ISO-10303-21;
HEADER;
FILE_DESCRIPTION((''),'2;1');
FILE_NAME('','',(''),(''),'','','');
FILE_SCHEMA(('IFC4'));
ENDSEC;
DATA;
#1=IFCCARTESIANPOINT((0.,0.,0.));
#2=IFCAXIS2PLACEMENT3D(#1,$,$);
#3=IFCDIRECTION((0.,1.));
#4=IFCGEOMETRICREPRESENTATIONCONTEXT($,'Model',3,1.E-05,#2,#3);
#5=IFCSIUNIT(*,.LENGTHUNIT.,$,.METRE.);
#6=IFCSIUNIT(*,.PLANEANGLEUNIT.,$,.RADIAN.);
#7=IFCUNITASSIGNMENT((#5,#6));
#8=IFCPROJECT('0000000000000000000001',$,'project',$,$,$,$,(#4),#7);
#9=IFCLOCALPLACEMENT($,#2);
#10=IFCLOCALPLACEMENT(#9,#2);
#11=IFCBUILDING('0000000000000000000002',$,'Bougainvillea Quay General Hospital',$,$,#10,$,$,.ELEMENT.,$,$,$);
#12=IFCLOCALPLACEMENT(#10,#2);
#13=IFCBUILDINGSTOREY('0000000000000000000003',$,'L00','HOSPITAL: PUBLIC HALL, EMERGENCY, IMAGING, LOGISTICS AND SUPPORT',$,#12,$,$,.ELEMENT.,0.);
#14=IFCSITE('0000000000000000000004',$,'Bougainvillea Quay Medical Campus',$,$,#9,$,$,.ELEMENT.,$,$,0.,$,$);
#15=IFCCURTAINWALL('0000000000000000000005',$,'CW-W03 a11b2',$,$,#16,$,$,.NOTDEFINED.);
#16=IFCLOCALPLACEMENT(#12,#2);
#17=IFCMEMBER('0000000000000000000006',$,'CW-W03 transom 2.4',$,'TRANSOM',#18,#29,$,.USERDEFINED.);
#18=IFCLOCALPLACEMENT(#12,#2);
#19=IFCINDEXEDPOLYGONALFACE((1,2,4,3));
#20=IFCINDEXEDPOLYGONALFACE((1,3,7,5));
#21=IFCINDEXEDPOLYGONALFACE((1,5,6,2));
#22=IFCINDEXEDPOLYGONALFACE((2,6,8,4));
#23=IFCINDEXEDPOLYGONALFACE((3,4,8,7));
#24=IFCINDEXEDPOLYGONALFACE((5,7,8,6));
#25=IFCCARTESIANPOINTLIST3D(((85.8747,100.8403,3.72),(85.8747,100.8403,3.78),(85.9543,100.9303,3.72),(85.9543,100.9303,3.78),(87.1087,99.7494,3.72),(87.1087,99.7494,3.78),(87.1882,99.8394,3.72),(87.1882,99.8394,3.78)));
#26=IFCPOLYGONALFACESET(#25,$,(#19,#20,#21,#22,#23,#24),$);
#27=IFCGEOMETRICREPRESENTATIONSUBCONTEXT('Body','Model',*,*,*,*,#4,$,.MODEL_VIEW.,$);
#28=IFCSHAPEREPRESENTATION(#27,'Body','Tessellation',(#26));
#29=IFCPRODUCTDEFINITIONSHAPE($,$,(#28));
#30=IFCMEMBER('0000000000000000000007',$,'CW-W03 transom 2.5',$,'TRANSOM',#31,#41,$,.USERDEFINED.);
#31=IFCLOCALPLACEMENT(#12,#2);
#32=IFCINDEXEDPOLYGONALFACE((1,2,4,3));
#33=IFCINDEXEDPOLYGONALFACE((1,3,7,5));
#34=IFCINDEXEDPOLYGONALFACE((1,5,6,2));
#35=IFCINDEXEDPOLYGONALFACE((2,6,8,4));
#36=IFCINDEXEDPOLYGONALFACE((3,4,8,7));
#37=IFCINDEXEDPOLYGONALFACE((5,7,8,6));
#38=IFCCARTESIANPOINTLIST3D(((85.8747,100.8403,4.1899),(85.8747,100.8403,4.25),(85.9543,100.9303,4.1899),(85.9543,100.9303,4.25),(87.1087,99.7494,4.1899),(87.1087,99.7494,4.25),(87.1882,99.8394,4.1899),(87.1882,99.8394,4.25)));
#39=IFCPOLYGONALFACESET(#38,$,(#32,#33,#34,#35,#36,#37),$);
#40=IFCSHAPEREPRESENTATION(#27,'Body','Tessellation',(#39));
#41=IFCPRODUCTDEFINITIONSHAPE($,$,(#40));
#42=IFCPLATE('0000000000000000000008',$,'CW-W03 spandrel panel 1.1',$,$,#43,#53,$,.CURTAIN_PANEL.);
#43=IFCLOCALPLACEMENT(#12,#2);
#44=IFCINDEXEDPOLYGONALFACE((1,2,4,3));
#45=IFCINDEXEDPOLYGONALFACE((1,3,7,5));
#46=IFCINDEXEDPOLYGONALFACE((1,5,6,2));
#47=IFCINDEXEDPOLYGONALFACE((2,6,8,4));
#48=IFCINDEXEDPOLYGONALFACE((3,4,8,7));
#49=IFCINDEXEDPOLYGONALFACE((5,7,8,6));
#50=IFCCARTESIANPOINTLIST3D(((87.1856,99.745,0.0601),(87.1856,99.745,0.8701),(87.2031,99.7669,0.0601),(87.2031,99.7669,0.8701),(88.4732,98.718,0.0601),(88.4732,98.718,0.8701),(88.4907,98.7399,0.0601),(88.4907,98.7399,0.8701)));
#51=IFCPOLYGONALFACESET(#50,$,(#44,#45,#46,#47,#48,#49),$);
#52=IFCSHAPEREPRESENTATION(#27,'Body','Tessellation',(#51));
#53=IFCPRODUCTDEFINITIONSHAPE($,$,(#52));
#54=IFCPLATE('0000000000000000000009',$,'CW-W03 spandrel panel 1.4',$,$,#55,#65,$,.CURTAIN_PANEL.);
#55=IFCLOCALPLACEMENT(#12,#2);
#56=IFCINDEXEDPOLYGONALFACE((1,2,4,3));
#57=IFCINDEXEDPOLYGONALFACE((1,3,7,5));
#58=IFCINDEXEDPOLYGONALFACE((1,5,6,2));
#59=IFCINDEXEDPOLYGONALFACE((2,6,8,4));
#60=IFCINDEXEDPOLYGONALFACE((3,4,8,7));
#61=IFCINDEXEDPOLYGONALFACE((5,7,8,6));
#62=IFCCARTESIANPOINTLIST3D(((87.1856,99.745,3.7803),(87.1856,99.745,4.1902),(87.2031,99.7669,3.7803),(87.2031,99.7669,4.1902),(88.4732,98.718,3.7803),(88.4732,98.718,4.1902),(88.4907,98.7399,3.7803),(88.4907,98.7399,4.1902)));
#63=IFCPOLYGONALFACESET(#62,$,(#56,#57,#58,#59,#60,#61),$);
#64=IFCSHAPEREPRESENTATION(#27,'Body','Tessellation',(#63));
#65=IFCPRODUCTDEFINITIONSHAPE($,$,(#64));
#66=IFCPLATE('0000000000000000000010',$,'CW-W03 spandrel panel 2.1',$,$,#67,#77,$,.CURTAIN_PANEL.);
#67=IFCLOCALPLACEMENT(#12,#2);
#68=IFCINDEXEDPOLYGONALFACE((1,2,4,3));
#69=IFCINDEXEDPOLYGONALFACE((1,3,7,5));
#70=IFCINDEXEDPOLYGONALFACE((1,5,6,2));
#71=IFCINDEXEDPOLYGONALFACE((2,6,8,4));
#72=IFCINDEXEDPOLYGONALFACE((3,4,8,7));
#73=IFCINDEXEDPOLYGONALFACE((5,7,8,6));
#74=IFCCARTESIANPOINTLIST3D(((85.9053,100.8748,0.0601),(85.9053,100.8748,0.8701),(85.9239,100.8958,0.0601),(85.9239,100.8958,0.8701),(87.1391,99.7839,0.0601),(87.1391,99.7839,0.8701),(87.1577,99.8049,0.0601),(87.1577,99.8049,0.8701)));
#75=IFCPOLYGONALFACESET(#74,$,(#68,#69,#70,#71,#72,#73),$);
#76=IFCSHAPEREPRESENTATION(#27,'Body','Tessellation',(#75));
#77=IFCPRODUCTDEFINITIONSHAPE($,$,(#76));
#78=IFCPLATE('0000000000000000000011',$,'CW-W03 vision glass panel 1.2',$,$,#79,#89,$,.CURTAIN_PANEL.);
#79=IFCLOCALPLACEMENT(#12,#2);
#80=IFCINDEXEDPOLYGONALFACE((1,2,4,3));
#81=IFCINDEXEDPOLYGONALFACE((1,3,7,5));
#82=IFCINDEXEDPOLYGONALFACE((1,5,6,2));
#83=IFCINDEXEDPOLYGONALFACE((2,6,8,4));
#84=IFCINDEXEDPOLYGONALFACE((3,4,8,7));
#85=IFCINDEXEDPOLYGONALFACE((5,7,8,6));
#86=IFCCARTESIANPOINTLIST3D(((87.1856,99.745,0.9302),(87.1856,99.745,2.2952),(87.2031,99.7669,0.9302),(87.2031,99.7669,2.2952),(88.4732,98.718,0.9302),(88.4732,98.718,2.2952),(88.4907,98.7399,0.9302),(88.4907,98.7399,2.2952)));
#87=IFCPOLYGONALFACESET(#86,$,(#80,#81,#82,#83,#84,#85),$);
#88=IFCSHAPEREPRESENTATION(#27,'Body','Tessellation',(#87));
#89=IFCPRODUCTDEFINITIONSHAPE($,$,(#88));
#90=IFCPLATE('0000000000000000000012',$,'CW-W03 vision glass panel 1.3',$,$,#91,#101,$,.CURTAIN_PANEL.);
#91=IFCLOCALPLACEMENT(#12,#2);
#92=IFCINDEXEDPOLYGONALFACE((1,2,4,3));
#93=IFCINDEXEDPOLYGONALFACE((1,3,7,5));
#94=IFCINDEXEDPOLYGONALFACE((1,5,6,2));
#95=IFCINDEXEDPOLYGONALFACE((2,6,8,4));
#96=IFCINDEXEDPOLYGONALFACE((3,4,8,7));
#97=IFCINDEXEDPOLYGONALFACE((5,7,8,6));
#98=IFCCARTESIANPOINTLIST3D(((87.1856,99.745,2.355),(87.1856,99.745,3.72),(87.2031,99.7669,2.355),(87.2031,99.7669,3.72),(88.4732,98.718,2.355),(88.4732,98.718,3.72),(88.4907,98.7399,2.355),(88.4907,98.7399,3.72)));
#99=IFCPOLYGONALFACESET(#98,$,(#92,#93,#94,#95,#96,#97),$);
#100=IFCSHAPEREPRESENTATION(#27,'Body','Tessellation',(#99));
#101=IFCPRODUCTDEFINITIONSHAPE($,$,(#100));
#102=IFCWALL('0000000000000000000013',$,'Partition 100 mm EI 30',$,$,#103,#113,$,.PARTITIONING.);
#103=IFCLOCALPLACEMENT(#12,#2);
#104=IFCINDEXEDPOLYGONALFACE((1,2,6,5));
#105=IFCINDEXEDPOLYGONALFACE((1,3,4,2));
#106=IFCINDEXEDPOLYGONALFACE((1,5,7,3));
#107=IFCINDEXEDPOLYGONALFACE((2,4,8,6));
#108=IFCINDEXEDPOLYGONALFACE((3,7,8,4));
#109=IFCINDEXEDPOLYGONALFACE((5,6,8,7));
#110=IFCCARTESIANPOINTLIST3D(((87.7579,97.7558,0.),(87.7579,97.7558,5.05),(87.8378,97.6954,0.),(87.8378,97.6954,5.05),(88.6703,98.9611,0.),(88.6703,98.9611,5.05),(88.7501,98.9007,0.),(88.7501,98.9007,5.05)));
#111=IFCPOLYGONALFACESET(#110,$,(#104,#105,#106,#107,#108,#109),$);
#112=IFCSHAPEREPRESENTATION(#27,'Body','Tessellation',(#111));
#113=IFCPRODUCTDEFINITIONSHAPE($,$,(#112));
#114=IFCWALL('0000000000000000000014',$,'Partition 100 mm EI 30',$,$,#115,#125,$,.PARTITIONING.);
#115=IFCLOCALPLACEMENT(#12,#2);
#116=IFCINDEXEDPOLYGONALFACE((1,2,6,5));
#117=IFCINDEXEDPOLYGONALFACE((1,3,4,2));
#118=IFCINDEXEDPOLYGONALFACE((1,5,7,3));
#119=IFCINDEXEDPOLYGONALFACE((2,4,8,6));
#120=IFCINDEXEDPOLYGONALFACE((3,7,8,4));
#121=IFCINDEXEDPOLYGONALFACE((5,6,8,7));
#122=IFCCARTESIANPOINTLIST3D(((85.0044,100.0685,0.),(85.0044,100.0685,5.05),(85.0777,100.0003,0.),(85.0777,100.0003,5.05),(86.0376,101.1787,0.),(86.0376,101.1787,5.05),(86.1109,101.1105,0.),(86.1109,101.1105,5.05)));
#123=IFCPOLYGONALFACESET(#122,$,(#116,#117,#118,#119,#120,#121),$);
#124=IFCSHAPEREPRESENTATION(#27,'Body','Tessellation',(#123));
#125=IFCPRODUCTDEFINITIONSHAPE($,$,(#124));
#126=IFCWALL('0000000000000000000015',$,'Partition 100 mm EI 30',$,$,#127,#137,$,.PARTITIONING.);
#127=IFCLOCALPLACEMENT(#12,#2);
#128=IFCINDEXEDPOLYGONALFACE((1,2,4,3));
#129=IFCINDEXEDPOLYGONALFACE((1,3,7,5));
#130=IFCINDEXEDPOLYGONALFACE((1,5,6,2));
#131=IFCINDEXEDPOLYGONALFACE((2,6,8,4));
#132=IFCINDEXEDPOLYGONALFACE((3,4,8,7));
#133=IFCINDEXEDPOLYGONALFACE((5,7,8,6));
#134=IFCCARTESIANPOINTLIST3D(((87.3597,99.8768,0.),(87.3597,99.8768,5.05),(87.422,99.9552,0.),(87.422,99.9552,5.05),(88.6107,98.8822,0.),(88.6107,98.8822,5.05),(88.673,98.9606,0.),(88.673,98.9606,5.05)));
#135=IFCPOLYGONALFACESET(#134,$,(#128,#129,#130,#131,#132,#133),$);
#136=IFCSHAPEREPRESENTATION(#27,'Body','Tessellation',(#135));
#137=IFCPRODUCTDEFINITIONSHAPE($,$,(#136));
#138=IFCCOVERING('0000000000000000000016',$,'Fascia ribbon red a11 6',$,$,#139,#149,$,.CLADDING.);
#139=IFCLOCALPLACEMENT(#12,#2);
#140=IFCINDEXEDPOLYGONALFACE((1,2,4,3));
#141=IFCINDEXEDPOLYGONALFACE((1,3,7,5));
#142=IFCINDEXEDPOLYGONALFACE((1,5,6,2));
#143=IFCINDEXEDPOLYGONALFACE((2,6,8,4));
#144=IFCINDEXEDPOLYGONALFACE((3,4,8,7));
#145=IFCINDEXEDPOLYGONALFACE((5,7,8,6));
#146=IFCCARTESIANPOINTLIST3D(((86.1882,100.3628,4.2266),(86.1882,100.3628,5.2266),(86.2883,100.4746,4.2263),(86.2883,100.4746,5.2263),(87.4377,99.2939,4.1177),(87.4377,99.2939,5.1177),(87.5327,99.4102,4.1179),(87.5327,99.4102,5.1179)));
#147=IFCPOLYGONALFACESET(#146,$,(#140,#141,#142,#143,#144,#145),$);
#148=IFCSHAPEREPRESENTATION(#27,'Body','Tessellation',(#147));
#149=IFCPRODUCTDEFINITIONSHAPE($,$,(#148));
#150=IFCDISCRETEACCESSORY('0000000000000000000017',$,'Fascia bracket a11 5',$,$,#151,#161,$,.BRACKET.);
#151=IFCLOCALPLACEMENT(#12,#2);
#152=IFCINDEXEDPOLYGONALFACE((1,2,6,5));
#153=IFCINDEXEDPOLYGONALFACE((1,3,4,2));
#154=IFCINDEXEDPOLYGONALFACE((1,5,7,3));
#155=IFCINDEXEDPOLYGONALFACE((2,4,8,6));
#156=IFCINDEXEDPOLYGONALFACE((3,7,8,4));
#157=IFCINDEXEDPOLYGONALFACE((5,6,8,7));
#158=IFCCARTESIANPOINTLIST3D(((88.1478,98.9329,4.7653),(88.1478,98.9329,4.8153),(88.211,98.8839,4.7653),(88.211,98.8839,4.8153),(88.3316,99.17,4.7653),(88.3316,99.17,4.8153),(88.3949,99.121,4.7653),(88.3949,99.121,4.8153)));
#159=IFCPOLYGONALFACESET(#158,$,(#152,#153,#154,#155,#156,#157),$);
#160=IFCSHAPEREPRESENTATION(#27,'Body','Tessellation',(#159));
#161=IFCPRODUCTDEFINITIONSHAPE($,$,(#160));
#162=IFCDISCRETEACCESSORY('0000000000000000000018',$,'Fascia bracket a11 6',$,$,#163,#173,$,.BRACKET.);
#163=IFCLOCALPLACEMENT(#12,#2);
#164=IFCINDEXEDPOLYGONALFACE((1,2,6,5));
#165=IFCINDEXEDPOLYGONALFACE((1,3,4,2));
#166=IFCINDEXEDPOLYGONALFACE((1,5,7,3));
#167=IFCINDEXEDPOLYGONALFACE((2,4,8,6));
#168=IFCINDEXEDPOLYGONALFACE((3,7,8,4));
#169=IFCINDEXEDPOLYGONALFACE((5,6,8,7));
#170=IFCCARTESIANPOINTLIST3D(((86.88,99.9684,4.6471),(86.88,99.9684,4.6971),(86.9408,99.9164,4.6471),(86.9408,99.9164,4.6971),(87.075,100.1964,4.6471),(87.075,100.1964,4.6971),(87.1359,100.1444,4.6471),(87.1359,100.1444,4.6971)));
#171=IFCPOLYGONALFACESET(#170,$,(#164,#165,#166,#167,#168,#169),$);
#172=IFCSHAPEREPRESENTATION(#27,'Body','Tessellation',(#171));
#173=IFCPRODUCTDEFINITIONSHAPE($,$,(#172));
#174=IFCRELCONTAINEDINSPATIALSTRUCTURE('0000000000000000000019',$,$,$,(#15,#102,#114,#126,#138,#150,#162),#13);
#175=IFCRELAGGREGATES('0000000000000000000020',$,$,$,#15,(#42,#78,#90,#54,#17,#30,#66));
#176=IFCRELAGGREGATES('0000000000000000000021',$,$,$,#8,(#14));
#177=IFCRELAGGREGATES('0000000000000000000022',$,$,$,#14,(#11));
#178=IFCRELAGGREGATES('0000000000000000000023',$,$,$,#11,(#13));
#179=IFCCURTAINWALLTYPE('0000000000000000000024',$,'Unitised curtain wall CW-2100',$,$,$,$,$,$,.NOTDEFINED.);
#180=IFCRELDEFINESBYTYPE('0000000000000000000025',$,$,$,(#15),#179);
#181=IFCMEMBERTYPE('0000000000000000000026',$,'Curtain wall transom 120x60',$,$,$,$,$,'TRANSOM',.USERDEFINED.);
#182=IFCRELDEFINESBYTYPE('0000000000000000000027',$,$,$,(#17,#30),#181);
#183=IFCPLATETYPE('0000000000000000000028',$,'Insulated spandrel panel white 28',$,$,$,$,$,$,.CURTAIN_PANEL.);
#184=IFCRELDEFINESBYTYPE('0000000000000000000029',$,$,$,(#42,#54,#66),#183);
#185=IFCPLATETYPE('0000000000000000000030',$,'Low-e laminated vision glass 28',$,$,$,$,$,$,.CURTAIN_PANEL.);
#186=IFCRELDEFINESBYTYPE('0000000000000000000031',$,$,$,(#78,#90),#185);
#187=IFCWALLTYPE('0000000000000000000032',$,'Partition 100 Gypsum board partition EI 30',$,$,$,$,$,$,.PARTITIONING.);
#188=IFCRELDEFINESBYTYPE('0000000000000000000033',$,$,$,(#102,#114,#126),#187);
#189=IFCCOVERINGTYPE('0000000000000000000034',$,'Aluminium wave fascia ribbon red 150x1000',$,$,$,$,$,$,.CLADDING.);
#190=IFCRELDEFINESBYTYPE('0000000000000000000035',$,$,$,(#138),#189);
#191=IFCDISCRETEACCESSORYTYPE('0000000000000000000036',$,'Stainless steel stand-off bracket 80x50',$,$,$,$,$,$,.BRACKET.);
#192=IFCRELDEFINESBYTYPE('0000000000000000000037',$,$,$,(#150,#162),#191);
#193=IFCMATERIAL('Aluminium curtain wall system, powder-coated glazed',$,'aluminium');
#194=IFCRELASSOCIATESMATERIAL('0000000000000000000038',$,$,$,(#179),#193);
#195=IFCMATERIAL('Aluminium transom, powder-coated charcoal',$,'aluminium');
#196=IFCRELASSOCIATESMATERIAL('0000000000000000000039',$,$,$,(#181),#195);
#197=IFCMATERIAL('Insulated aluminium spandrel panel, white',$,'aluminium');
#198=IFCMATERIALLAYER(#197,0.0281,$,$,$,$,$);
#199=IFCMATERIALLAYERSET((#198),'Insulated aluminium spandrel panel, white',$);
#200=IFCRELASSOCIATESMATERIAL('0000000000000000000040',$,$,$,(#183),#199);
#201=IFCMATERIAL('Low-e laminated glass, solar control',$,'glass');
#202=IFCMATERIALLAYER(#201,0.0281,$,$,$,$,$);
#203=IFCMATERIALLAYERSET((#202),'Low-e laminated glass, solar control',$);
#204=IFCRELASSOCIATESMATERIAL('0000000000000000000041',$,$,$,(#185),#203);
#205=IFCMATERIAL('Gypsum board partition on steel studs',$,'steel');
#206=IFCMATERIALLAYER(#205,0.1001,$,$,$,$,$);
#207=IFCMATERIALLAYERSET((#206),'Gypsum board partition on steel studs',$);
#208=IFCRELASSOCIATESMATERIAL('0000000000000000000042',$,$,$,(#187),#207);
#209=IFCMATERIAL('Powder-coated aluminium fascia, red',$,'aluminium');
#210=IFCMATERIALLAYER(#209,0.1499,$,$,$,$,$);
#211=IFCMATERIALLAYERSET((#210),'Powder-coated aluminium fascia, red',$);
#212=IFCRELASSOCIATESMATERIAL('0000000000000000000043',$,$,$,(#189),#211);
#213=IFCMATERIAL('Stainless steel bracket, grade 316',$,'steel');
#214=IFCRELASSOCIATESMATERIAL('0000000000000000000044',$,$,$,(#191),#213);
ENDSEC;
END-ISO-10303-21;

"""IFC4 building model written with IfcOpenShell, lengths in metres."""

from ifc_helpers import new_model, si_unit, direction, frame, frame_2d, origin, origin_2d, place, context, subcontext, project, spatial, polyline, rectangle, outline, extrude, material, layer, layer_set, material_profile, profile_set, type_object, element, aggregate, save


model = new_model("IFC4")

# Units and contexts
model_context = context("Model", 3, precision=1e-05, world=origin(), true_north=direction((0.0, 1.0)))
body_context = subcontext(model_context, "Body", "Model", "MODEL_VIEW")
ifc_project = project(units=[si_unit("LENGTHUNIT", "METRE"), si_unit("PLANEANGLEUNIT", "RADIAN")], contexts=[model_context])

# Site, building, storey
site_placement = place(None, origin())
site = spatial("IfcSite", under=ifc_project, at=site_placement, Name="Bougainvillea Quay Medical Campus", CompositionType="ELEMENT", RefElevation=0.0)
building_placement = place(site_placement, origin())
building = spatial("IfcBuilding", under=site, at=building_placement, Name="Bougainvillea Quay General Hospital", CompositionType="ELEMENT")
storey_placement = place(building_placement, origin())
storey = spatial("IfcBuildingStorey", under=building, at=storey_placement, Name="L00", Description="HOSPITAL: PUBLIC HALL, EMERGENCY, IMAGING, LOGISTICS AND SUPPORT", CompositionType="ELEMENT", Elevation=0.0)

# Curtain wall, members, plates
ifc_material_1 = material(Name="Aluminium curtain wall system, powder-coated glazed", Category="aluminium")
curtain_wall_type = type_object("IfcCurtainWallType", Name="Unitised curtain wall CW-2100", PredefinedType="NOTDEFINED", material=ifc_material_1)
curtain_wall_placement = place(storey_placement, origin())
curtain_wall = element("IfcCurtainWall", 1, at=curtain_wall_placement, inside=storey, type_object=curtain_wall_type, Name="CW-W03 a11b2", PredefinedType="NOTDEFINED")
ifc_material_2 = material(Name="Aluminium transom, powder-coated charcoal", Category="aluminium")
ifc_material_profile_1 = material_profile(ifc_material_2, rectangle(XDim=0.1201, YDim=0.0601, at=origin_2d()))
ifc_profile_set_1 = profile_set([ifc_material_profile_1], Name="Aluminium transom, powder-coated charcoal")
member_type_1 = type_object("IfcMemberType", Name="Curtain wall transom 120x60", ElementType="TRANSOM", PredefinedType="USERDEFINED", material=ifc_profile_set_1)
member_1_placement = place(storey_placement, frame((87.1484, 99.7944, 3.75), z_axis=(-0.749206, 0.662337, 0.0), x_axis=(-0.662337, -0.749206, 0.0)))
member_1 = element("IfcMember", 2, at=member_1_placement, type_object=member_type_1, Name="CW-W03 transom 2.4", ObjectType="TRANSOM", PredefinedType="USERDEFINED", context=body_context, shape_type="SweptSolid", body=[
    extrude(rectangle(XDim=0.1201, YDim=0.0601, at=origin_2d()), origin(), (0.0, 0.0, 1.0), 1.647),
])
member_2_placement = place(storey_placement, frame((87.1484, 99.7944, 4.22), z_axis=(-0.749206, 0.662337, 0.0), x_axis=(-0.662337, -0.749206, 0.0)))
member_2 = element("IfcMember", 3, at=member_2_placement, type_object=member_type_1, Name="CW-W03 transom 2.5", ObjectType="TRANSOM", PredefinedType="USERDEFINED", context=body_context, shape_type="SweptSolid", body=[
    extrude(rectangle(XDim=0.1201, YDim=0.0601, at=origin_2d()), origin(), (0.0, 0.0, 1.0), 1.647),
])
ifc_material_3 = material(Name="Insulated aluminium spandrel panel, white", Category="aluminium")
ifc_layer_1 = layer(ifc_material_3, 0.0281)
ifc_layer_set_1 = layer_set([ifc_layer_1], Name="Insulated aluminium spandrel panel, white")
plate_type_1 = type_object("IfcPlateType", Name="Insulated spandrel panel white 28", PredefinedType="CURTAIN_PANEL", material=ifc_layer_set_1)
plate_1_placement = place(storey_placement, frame((87.8381, 99.2424, 0.0601), z_axis=(0.0, 0.0, 1.0), x_axis=(-0.781771, 0.623566, 0.0)))
plate_1 = element("IfcPlate", 4, at=plate_1_placement, type_object=plate_type_1, Name="CW-W03 spandrel panel 1.1", PredefinedType="CURTAIN_PANEL", context=body_context, shape_type="SweptSolid", body=[
    extrude(rectangle(XDim=1.647, YDim=0.0281, at=origin_2d()), origin(), (0.0, 0.0, 1.0), 0.8101),
])
plate_2_placement = place(storey_placement, frame((87.8381, 99.2424, 3.7803), z_axis=(0.0, 0.0, 1.0), x_axis=(-0.781771, 0.623566, 0.0)))
plate_2 = element("IfcPlate", 5, at=plate_2_placement, type_object=plate_type_1, Name="CW-W03 spandrel panel 1.4", PredefinedType="CURTAIN_PANEL", context=body_context, shape_type="SweptSolid", body=[
    extrude(rectangle(XDim=1.647, YDim=0.0281, at=origin_2d()), origin(), (0.0, 0.0, 1.0), 0.4099),
])
plate_3_placement = place(storey_placement, frame((86.5315, 100.3398, 0.0601), z_axis=(0.0, 0.0, 1.0), x_axis=(-0.749152, 0.662398, 0.0)))
plate_3 = element("IfcPlate", 6, at=plate_3_placement, type_object=plate_type_1, Name="CW-W03 spandrel panel 2.1", PredefinedType="CURTAIN_PANEL", context=body_context, shape_type="SweptSolid", body=[
    extrude(rectangle(XDim=1.647, YDim=0.0281, at=origin_2d()), origin(), (0.0, 0.0, 1.0), 0.8101),
])
ifc_material_4 = material(Name="Low-e laminated glass, solar control", Category="glass")
ifc_layer_2 = layer(ifc_material_4, 0.0281)
ifc_layer_set_2 = layer_set([ifc_layer_2], Name="Low-e laminated glass, solar control")
plate_type_2 = type_object("IfcPlateType", Name="Low-e laminated vision glass 28", PredefinedType="CURTAIN_PANEL", material=ifc_layer_set_2)
plate_4_placement = place(storey_placement, frame((87.8381, 99.2424, 0.9302), z_axis=(0.0, 0.0, 1.0), x_axis=(-0.781771, 0.623566, 0.0)))
plate_4 = element("IfcPlate", 7, at=plate_4_placement, type_object=plate_type_2, Name="CW-W03 vision glass panel 1.2", PredefinedType="CURTAIN_PANEL", context=body_context, shape_type="SweptSolid", body=[
    extrude(rectangle(XDim=1.647, YDim=0.0281, at=origin_2d()), origin(), (0.0, 0.0, 1.0), 1.365),
])
plate_5_placement = place(storey_placement, frame((87.8381, 99.2424, 2.355), z_axis=(0.0, 0.0, 1.0), x_axis=(-0.781771, 0.623566, 0.0)))
plate_5 = element("IfcPlate", 8, at=plate_5_placement, type_object=plate_type_2, Name="CW-W03 vision glass panel 1.3", PredefinedType="CURTAIN_PANEL", context=body_context, shape_type="SweptSolid", body=[
    extrude(rectangle(XDim=1.647, YDim=0.0281, at=origin_2d()), origin(), (0.0, 0.0, 1.0), 1.365),
])
aggregate(curtain_wall, [plate_1, plate_4, plate_5, plate_2, member_1, member_2, plate_3])

# Walls
ifc_material_5 = material(Name="Gypsum board partition on steel studs", Category="steel")
ifc_layer_3 = layer(ifc_material_5, 0.1001)
ifc_layer_set_3 = layer_set([ifc_layer_3], Name="Gypsum board partition on steel studs")
wall_type = type_object("IfcWallType", Name="Partition 100 Gypsum board partition EI 30", PredefinedType="PARTITIONING", material=ifc_layer_set_3)
wall_1_placement = place(storey_placement, frame((87.7979, 97.7256, 0.0), z_axis=(0.0, 0.0, 1.0), x_axis=(0.603534, 0.797337, 0.0)))
element("IfcWall", 9, at=wall_1_placement, inside=storey, type_object=wall_type, Name="Partition 100 mm EI 30", PredefinedType="PARTITIONING", context=body_context, shape_type="SweptSolid", body=[
    extrude(rectangle(XDim=1.5117, YDim=0.1001, at=frame_2d((0.7559, 0.0))), origin(), (0.0, 0.0, 1.0), 5.05),
])
wall_2_placement = place(storey_placement, frame((85.041, 100.0344, 0.0), z_axis=(0.0, 0.0, 1.0), x_axis=(0.681297, 0.732007, 0.0)))
element("IfcWall", 10, at=wall_2_placement, inside=storey, type_object=wall_type, Name="Partition 100 mm EI 30", PredefinedType="PARTITIONING", context=body_context, shape_type="SweptSolid", body=[
    extrude(rectangle(XDim=1.5166, YDim=0.1001, at=frame_2d((0.7583, 0.0))), origin(), (0.0, 0.0, 1.0), 5.05),
])
wall_3_placement = place(storey_placement, frame((87.3909, 99.916, 0.0), z_axis=(0.0, 0.0, 1.0), x_axis=(0.782743, -0.622345, 0.0)))
element("IfcWall", 11, at=wall_3_placement, inside=storey, type_object=wall_type, Name="Partition 100 mm EI 30", PredefinedType="PARTITIONING", context=body_context, shape_type="SweptSolid", body=[
    extrude(rectangle(XDim=1.5981, YDim=0.1001, at=frame_2d((0.7991, 0.0))), origin(), (0.0, 0.0, 1.0), 5.05),
])

# Covering
ifc_material_6 = material(Name="Powder-coated aluminium fascia, red", Category="aluminium")
ifc_layer_4 = layer(ifc_material_6, 0.1499)
ifc_layer_set_4 = layer_set([ifc_layer_4], Name="Powder-coated aluminium fascia, red")
covering_type = type_object("IfcCoveringType", Name="Aluminium wave fascia ribbon red 150x1000", PredefinedType="CLADDING", material=ifc_layer_set_4)
covering_placement = place(storey_placement, frame((87.5327, 99.4102, 4.1179), z_axis=(0.050201, -0.042945, 0.997815), x_axis=(-0.758249, 0.64861, 0.066064)))
element("IfcCovering", 12, at=covering_placement, inside=storey, type_object=covering_type, Name="Fascia ribbon red a11 6", PredefinedType="CLADDING", context=body_context, shape_type="SweptSolid", body=[
    extrude(outline(polyline([(0.0, 0.0), (1.6411, 0.0), (1.6445, 0.15), (-0.0034, 0.15), (0.0, 0.0)])), origin(), (0.066064, -0.000002, 0.997815), 1.0),
])

# Discrete accessories
ifc_material_7 = material(Name="Stainless steel bracket, grade 316", Category="steel")
ifc_material_profile_2 = material_profile(ifc_material_7, rectangle(XDim=0.0801, YDim=0.05, at=origin_2d()))
ifc_profile_set_2 = profile_set([ifc_material_profile_2], Name="Stainless steel bracket, grade 316")
discrete_accessory_type = type_object("IfcDiscreteAccessoryType", Name="Stainless steel stand-off bracket 80x50", PredefinedType="BRACKET", material=ifc_profile_set_2)
for number, where, z_axis, x_axis, name in (
    (13, (88.3633, 99.1455, 4.7903), (-0.612813, -0.790228, 0.0), (0.790228, -0.612813, 0.0), "Fascia bracket a11 5"),
    (14, (87.1055, 100.1704, 4.6721), (-0.650054, -0.759888, 0.0), (0.759888, -0.650054, 0.0), "Fascia bracket a11 6"),
):
    element("IfcDiscreteAccessory", number, at=place(storey_placement, frame(where, z_axis=z_axis, x_axis=x_axis)), inside=storey, type_object=discrete_accessory_type, Name=name, PredefinedType="BRACKET", context=body_context, shape_type="SweptSolid", body=[
        extrude(rectangle(XDim=0.0801, YDim=0.05, at=origin_2d()), origin(), (0.0, 0.0, 1.0), 0.3),
    ])

save(model, "model.ifc")
